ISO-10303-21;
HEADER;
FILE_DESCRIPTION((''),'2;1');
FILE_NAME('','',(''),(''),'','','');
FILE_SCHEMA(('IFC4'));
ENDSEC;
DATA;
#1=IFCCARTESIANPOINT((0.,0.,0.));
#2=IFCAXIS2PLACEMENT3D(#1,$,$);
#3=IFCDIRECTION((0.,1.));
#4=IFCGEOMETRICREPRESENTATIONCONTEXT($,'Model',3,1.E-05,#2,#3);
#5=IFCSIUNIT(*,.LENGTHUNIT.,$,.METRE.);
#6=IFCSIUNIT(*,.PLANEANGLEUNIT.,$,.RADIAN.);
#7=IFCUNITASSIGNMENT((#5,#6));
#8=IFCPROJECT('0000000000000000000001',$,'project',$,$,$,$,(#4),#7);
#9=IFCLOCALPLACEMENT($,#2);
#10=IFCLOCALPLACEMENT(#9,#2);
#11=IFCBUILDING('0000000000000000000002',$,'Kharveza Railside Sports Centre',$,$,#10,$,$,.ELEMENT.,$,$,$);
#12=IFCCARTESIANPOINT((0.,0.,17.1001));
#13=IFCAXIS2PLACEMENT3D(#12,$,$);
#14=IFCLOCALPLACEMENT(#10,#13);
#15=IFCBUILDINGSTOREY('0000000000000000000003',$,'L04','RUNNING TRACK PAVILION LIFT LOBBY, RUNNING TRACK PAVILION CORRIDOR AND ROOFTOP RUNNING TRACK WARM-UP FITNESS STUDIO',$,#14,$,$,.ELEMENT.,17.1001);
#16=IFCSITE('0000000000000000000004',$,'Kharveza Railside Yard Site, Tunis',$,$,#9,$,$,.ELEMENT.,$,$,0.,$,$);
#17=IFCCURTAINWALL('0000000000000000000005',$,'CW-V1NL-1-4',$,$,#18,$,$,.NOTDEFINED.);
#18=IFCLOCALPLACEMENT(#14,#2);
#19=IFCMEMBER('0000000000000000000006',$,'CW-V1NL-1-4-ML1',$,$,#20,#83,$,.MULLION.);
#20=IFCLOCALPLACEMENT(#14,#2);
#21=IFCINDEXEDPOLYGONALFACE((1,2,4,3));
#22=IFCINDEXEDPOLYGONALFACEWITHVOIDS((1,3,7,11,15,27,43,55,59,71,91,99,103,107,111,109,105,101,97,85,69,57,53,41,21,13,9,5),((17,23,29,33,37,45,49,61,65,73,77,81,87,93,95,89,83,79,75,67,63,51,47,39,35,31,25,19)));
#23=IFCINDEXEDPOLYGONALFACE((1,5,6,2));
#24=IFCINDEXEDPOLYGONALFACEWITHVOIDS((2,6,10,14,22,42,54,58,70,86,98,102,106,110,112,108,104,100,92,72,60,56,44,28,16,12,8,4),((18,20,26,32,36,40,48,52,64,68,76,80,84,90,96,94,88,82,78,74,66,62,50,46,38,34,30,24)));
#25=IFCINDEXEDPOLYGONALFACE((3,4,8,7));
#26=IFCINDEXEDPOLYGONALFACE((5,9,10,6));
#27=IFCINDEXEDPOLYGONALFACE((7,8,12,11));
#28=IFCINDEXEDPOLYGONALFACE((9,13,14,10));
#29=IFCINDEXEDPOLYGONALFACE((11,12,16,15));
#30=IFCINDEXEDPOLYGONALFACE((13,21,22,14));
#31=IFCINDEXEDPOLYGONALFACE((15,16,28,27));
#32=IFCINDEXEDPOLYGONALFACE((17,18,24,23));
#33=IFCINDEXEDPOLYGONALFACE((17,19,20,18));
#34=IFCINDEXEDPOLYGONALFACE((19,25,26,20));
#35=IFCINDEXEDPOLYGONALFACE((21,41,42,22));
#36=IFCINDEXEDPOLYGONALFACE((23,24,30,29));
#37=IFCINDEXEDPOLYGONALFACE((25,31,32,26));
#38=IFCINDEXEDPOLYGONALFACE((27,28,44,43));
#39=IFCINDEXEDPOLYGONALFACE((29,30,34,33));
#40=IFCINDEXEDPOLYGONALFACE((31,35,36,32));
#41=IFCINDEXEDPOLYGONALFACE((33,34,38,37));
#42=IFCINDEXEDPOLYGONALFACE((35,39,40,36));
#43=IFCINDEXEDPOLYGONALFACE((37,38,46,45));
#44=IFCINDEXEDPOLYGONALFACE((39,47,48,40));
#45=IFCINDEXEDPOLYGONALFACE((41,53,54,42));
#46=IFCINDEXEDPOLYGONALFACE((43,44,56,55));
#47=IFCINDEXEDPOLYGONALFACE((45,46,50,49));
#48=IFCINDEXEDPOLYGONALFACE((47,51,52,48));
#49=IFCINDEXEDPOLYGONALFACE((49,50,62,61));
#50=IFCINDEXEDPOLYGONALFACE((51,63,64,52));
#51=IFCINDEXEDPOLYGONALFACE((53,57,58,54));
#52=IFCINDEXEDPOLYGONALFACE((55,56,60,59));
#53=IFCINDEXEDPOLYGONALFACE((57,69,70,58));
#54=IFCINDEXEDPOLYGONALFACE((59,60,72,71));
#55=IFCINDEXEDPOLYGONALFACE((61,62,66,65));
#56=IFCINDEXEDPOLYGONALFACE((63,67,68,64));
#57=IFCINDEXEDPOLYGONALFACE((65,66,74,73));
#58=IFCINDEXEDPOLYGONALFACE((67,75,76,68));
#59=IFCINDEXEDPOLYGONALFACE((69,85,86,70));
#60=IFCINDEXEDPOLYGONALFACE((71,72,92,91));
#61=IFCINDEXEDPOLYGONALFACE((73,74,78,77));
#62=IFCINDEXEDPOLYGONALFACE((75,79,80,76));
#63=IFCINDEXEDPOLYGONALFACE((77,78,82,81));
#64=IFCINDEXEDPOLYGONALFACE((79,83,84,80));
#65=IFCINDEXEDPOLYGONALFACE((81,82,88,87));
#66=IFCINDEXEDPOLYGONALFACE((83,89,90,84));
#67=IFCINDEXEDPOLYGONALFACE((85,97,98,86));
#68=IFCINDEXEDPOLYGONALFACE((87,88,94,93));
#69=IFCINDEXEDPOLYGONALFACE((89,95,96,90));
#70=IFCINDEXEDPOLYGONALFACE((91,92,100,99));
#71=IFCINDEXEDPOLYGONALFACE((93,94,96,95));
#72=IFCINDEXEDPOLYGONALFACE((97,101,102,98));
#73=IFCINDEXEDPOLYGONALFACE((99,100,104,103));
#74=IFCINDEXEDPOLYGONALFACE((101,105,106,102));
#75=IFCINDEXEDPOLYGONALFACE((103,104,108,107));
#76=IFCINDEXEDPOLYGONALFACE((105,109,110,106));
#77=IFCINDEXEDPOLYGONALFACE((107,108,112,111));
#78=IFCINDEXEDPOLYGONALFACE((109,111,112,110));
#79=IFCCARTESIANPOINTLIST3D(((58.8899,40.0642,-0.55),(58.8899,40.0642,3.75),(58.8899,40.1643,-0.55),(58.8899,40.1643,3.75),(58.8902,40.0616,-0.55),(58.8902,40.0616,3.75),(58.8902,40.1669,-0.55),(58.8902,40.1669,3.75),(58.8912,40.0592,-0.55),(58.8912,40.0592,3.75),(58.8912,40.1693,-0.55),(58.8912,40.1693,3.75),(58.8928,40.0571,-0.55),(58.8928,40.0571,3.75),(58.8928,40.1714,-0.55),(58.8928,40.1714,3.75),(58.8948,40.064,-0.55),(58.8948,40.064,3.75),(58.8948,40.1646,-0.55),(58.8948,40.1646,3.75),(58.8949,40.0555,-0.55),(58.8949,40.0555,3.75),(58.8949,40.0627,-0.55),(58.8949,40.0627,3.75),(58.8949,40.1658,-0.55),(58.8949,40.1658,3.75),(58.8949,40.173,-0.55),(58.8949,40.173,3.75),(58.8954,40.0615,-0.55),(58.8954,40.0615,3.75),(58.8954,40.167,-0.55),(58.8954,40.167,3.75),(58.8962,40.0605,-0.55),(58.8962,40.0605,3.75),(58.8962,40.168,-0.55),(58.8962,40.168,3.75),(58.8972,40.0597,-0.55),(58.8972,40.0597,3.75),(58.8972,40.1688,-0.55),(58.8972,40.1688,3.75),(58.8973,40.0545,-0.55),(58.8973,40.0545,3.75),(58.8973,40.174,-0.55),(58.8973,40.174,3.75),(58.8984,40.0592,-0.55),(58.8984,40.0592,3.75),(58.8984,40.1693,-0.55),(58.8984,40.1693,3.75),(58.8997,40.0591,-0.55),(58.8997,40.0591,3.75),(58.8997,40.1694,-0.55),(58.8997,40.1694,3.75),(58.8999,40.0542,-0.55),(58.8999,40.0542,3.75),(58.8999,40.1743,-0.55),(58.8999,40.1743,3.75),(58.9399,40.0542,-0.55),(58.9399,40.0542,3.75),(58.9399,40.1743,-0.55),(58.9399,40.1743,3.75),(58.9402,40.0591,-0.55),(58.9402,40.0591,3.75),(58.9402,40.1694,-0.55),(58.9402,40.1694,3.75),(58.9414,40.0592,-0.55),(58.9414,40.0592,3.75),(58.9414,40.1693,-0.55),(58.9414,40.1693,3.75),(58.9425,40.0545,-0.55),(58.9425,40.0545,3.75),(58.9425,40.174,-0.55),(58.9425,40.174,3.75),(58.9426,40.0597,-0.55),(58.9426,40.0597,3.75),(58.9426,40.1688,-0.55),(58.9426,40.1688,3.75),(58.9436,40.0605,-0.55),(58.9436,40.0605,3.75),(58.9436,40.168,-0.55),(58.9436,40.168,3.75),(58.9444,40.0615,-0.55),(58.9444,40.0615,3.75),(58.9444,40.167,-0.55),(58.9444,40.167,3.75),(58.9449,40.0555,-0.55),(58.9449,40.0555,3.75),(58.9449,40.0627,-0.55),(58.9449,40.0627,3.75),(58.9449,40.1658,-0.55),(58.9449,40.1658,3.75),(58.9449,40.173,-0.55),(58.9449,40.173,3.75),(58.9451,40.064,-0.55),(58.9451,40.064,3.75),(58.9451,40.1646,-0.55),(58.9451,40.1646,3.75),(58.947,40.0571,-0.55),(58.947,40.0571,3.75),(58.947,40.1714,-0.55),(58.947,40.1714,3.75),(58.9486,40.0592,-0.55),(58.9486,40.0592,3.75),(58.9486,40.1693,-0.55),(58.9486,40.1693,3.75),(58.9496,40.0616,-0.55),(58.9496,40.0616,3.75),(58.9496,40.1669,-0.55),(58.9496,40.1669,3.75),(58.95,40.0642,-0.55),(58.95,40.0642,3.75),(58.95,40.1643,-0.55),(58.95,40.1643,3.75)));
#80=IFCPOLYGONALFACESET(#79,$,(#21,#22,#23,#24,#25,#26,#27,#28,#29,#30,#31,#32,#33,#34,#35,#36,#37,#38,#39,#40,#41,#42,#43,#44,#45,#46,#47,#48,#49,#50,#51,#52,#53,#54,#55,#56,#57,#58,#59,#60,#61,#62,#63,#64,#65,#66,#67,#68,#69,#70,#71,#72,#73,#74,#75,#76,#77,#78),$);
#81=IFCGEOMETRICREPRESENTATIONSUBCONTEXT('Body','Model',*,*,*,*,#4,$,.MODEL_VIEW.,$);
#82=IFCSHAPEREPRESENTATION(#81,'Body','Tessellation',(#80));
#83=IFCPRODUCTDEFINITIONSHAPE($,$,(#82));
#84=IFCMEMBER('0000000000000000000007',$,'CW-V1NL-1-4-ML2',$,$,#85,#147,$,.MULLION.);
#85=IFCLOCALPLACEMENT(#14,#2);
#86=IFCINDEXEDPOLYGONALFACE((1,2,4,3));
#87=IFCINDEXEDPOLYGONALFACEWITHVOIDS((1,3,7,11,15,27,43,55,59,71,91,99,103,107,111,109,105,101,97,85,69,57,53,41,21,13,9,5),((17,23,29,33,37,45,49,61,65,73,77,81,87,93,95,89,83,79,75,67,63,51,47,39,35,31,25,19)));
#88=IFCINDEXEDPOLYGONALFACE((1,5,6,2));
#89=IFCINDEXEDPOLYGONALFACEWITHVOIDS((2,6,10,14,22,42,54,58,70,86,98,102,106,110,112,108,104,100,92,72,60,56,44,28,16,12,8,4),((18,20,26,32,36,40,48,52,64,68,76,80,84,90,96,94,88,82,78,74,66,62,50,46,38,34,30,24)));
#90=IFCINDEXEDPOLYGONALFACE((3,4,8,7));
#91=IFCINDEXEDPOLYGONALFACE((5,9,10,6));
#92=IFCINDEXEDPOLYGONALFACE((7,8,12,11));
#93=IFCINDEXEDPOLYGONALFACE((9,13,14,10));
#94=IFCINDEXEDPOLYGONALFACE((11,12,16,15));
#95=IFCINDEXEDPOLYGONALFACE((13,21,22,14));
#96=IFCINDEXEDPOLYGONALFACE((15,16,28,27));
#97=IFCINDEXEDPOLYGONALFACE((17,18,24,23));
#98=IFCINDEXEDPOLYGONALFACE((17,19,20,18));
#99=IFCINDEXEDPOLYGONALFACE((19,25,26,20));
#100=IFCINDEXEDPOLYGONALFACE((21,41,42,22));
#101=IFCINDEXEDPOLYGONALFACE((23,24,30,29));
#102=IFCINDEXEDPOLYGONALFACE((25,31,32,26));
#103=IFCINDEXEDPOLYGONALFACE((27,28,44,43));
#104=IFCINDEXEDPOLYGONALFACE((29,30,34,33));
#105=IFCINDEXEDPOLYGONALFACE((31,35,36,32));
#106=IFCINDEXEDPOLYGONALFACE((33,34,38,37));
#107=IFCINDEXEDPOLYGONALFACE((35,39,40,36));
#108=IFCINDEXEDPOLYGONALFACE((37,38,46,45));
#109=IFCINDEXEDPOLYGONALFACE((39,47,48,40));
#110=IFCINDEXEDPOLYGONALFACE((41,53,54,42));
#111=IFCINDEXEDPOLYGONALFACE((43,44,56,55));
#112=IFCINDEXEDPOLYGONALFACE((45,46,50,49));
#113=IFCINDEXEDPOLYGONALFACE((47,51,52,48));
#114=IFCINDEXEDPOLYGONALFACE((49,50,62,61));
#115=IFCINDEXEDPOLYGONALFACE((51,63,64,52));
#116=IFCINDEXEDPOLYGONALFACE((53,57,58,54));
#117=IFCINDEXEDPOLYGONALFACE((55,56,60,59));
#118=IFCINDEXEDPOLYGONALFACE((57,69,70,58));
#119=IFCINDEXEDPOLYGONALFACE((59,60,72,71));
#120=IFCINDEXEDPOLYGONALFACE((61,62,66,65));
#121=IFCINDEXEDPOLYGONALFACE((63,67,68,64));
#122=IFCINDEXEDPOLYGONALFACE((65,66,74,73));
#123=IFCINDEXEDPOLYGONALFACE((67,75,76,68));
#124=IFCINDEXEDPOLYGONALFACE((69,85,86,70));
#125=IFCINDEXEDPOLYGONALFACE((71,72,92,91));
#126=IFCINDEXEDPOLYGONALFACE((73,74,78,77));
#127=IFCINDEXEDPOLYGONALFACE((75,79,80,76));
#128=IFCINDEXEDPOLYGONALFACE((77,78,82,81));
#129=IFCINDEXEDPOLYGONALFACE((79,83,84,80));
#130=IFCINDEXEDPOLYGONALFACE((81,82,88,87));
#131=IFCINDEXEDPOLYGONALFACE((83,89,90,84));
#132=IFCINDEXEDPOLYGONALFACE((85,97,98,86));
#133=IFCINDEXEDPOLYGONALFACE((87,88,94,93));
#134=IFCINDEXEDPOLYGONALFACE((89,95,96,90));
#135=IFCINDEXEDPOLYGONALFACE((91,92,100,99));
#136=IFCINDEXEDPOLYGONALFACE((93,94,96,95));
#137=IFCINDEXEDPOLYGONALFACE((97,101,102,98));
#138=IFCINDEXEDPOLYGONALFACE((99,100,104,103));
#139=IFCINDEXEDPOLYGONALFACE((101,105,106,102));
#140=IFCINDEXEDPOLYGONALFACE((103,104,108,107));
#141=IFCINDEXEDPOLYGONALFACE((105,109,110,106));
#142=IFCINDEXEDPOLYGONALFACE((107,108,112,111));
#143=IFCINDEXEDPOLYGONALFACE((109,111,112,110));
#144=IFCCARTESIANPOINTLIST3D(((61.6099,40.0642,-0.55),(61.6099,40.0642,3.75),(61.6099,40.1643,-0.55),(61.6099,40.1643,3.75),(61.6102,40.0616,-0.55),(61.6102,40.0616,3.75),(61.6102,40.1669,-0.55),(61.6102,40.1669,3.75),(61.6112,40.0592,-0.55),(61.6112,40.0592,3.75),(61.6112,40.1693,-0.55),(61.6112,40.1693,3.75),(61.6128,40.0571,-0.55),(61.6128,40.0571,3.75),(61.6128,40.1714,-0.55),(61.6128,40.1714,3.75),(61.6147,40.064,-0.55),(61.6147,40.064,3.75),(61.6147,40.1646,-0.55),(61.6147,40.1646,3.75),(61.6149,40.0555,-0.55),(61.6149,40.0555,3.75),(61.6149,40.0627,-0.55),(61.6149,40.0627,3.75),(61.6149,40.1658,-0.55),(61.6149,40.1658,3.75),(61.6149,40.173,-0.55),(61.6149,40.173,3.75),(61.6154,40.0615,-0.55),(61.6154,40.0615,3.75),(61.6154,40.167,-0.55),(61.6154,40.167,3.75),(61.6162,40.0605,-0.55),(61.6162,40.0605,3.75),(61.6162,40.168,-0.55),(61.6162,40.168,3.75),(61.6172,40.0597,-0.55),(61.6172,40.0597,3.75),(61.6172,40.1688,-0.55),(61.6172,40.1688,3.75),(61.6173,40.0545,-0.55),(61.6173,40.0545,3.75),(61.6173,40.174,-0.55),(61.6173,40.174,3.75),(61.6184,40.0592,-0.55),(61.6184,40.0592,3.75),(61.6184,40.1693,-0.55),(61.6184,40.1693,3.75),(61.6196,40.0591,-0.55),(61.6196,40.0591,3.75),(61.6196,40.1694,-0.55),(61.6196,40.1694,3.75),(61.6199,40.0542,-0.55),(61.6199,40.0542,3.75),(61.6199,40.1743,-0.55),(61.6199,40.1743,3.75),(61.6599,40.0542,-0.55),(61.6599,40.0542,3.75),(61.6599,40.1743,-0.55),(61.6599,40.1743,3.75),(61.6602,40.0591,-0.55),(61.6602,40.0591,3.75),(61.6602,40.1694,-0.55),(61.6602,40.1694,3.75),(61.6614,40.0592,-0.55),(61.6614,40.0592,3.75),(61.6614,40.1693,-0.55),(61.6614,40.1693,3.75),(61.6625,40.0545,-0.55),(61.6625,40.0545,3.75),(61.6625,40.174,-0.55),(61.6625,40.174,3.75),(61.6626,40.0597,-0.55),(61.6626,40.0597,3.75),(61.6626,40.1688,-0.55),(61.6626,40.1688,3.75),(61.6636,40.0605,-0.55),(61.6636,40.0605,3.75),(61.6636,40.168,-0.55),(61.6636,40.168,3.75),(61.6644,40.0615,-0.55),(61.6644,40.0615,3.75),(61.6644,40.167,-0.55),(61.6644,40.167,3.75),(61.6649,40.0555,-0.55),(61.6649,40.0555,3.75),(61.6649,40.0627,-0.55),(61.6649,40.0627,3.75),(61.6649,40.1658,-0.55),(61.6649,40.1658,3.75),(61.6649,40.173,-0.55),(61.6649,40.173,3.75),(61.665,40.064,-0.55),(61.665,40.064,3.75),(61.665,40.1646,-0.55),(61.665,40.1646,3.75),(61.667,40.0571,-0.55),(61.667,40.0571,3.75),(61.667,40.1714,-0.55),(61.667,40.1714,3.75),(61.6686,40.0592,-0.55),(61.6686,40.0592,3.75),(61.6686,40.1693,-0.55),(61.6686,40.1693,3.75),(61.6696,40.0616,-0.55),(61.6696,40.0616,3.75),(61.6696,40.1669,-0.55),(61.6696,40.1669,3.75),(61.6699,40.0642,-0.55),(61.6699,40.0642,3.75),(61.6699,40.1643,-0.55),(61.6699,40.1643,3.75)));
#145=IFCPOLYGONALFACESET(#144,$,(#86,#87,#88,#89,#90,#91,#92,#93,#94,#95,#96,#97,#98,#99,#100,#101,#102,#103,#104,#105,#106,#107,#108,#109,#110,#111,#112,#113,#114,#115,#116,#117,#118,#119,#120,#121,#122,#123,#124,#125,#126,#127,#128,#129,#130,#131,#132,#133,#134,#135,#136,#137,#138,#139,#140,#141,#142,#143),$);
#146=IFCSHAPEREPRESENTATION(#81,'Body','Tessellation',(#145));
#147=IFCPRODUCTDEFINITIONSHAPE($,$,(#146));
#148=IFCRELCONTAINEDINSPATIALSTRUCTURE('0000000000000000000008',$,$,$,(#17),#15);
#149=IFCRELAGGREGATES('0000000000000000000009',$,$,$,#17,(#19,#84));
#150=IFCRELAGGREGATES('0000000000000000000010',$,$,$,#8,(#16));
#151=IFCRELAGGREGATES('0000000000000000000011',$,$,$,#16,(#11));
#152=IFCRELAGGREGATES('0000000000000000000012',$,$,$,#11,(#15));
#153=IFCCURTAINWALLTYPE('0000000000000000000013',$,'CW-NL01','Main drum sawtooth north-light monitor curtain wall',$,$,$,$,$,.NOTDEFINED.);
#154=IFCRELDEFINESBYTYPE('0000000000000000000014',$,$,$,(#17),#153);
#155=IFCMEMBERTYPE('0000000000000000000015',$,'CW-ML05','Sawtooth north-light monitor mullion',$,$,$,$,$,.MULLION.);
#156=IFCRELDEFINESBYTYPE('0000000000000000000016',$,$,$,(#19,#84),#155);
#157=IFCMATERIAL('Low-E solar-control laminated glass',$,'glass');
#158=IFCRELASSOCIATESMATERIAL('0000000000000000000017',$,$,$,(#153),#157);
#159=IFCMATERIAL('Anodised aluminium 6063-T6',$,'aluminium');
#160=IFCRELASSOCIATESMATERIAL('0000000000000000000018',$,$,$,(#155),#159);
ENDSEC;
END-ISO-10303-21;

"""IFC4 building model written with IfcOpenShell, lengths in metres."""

from ifc_helpers import new_model, si_unit, direction, frame, origin, origin_2d, place, context, subcontext, project, spatial, hollow_rectangle, extrude, material, material_profile, profile_set, type_object, element, aggregate, save


model = new_model("IFC4")

# Units and contexts
model_context = context("Model", 3, precision=1e-05, world=origin(), true_north=direction((0.0, 1.0)))
body_context = subcontext(model_context, "Body", "Model", "MODEL_VIEW")
ifc_project = project(units=[si_unit("LENGTHUNIT", "METRE"), si_unit("PLANEANGLEUNIT", "RADIAN")], contexts=[model_context])

# Site, building, storey
site_placement = place(None, origin())
site = spatial("IfcSite", under=ifc_project, at=site_placement, Name="Kharveza Railside Yard Site, Tunis", CompositionType="ELEMENT", RefElevation=0.0)
building_placement = place(site_placement, origin())
building = spatial("IfcBuilding", under=site, at=building_placement, Name="Kharveza Railside Sports Centre", CompositionType="ELEMENT")
storey_placement = place(building_placement, frame((0.0, 0.0, 17.1001)))
storey = spatial("IfcBuildingStorey", under=building, at=storey_placement, Name="L04", Description="RUNNING TRACK PAVILION LIFT LOBBY, RUNNING TRACK PAVILION CORRIDOR AND ROOFTOP RUNNING TRACK WARM-UP FITNESS STUDIO", CompositionType="ELEMENT", Elevation=17.1001)

# Curtain wall, members
ifc_material_1 = material(Name="Low-E solar-control laminated glass", Category="glass")
curtain_wall_type = type_object("IfcCurtainWallType", Name="CW-NL01", Description="Main drum sawtooth north-light monitor curtain wall", PredefinedType="NOTDEFINED", material=ifc_material_1)
curtain_wall_1_placement = place(storey_placement, origin())
curtain_wall_1 = element("IfcCurtainWall", 1, at=curtain_wall_1_placement, inside=storey, type_object=curtain_wall_type, Name="CW-V1NL-1-4", PredefinedType="NOTDEFINED")
ifc_material_2 = material(Name="Anodised aluminium 6063-T6", Category="aluminium")
ifc_material_profile_1 = material_profile(ifc_material_2, hollow_rectangle(XDim=0.0601, YDim=0.1201, WallThickness=0.0049, InnerFilletRadius=0.0049, OuterFilletRadius=0.01, at=origin_2d()), Name="RHS 60x120x5.0")
ifc_profile_set_1 = profile_set([ifc_material_profile_1], Name="Anodised aluminium 6063-T6")
member_type_1 = type_object("IfcMemberType", Name="CW-ML05", Description="Sawtooth north-light monitor mullion", PredefinedType="MULLION", material=ifc_profile_set_1)
member_1_placement = place(storey_placement, frame((58.9199, 40.1143, -0.55), z_axis=(0.0, 0.0, 1.0), x_axis=(1.0, 0.0, 0.0)))
member_1 = element("IfcMember", 2, at=member_1_placement, type_object=member_type_1, Name="CW-V1NL-1-4-ML1", PredefinedType="MULLION", context=body_context, shape_type="SweptSolid", body=[
    extrude(hollow_rectangle(XDim=0.0601, YDim=0.1201, WallThickness=0.0049, InnerFilletRadius=0.0049, OuterFilletRadius=0.01, at=origin_2d()), origin(), (0.0, 0.0, 1.0), 4.3),
])
member_2_placement = place(storey_placement, frame((61.6399, 40.1143, -0.55), z_axis=(0.0, 0.0, 1.0), x_axis=(1.0, 0.0, 0.0)))
member_2 = element("IfcMember", 3, at=member_2_placement, type_object=member_type_1, Name="CW-V1NL-1-4-ML2", PredefinedType="MULLION", context=body_context, shape_type="SweptSolid", body=[
    extrude(hollow_rectangle(XDim=0.0601, YDim=0.1201, WallThickness=0.0049, InnerFilletRadius=0.0049, OuterFilletRadius=0.01, at=origin_2d()), origin(), (0.0, 0.0, 1.0), 4.3),
])

aggregate(curtain_wall_1, [member_1, member_2])

save(model, "model.ifc")
